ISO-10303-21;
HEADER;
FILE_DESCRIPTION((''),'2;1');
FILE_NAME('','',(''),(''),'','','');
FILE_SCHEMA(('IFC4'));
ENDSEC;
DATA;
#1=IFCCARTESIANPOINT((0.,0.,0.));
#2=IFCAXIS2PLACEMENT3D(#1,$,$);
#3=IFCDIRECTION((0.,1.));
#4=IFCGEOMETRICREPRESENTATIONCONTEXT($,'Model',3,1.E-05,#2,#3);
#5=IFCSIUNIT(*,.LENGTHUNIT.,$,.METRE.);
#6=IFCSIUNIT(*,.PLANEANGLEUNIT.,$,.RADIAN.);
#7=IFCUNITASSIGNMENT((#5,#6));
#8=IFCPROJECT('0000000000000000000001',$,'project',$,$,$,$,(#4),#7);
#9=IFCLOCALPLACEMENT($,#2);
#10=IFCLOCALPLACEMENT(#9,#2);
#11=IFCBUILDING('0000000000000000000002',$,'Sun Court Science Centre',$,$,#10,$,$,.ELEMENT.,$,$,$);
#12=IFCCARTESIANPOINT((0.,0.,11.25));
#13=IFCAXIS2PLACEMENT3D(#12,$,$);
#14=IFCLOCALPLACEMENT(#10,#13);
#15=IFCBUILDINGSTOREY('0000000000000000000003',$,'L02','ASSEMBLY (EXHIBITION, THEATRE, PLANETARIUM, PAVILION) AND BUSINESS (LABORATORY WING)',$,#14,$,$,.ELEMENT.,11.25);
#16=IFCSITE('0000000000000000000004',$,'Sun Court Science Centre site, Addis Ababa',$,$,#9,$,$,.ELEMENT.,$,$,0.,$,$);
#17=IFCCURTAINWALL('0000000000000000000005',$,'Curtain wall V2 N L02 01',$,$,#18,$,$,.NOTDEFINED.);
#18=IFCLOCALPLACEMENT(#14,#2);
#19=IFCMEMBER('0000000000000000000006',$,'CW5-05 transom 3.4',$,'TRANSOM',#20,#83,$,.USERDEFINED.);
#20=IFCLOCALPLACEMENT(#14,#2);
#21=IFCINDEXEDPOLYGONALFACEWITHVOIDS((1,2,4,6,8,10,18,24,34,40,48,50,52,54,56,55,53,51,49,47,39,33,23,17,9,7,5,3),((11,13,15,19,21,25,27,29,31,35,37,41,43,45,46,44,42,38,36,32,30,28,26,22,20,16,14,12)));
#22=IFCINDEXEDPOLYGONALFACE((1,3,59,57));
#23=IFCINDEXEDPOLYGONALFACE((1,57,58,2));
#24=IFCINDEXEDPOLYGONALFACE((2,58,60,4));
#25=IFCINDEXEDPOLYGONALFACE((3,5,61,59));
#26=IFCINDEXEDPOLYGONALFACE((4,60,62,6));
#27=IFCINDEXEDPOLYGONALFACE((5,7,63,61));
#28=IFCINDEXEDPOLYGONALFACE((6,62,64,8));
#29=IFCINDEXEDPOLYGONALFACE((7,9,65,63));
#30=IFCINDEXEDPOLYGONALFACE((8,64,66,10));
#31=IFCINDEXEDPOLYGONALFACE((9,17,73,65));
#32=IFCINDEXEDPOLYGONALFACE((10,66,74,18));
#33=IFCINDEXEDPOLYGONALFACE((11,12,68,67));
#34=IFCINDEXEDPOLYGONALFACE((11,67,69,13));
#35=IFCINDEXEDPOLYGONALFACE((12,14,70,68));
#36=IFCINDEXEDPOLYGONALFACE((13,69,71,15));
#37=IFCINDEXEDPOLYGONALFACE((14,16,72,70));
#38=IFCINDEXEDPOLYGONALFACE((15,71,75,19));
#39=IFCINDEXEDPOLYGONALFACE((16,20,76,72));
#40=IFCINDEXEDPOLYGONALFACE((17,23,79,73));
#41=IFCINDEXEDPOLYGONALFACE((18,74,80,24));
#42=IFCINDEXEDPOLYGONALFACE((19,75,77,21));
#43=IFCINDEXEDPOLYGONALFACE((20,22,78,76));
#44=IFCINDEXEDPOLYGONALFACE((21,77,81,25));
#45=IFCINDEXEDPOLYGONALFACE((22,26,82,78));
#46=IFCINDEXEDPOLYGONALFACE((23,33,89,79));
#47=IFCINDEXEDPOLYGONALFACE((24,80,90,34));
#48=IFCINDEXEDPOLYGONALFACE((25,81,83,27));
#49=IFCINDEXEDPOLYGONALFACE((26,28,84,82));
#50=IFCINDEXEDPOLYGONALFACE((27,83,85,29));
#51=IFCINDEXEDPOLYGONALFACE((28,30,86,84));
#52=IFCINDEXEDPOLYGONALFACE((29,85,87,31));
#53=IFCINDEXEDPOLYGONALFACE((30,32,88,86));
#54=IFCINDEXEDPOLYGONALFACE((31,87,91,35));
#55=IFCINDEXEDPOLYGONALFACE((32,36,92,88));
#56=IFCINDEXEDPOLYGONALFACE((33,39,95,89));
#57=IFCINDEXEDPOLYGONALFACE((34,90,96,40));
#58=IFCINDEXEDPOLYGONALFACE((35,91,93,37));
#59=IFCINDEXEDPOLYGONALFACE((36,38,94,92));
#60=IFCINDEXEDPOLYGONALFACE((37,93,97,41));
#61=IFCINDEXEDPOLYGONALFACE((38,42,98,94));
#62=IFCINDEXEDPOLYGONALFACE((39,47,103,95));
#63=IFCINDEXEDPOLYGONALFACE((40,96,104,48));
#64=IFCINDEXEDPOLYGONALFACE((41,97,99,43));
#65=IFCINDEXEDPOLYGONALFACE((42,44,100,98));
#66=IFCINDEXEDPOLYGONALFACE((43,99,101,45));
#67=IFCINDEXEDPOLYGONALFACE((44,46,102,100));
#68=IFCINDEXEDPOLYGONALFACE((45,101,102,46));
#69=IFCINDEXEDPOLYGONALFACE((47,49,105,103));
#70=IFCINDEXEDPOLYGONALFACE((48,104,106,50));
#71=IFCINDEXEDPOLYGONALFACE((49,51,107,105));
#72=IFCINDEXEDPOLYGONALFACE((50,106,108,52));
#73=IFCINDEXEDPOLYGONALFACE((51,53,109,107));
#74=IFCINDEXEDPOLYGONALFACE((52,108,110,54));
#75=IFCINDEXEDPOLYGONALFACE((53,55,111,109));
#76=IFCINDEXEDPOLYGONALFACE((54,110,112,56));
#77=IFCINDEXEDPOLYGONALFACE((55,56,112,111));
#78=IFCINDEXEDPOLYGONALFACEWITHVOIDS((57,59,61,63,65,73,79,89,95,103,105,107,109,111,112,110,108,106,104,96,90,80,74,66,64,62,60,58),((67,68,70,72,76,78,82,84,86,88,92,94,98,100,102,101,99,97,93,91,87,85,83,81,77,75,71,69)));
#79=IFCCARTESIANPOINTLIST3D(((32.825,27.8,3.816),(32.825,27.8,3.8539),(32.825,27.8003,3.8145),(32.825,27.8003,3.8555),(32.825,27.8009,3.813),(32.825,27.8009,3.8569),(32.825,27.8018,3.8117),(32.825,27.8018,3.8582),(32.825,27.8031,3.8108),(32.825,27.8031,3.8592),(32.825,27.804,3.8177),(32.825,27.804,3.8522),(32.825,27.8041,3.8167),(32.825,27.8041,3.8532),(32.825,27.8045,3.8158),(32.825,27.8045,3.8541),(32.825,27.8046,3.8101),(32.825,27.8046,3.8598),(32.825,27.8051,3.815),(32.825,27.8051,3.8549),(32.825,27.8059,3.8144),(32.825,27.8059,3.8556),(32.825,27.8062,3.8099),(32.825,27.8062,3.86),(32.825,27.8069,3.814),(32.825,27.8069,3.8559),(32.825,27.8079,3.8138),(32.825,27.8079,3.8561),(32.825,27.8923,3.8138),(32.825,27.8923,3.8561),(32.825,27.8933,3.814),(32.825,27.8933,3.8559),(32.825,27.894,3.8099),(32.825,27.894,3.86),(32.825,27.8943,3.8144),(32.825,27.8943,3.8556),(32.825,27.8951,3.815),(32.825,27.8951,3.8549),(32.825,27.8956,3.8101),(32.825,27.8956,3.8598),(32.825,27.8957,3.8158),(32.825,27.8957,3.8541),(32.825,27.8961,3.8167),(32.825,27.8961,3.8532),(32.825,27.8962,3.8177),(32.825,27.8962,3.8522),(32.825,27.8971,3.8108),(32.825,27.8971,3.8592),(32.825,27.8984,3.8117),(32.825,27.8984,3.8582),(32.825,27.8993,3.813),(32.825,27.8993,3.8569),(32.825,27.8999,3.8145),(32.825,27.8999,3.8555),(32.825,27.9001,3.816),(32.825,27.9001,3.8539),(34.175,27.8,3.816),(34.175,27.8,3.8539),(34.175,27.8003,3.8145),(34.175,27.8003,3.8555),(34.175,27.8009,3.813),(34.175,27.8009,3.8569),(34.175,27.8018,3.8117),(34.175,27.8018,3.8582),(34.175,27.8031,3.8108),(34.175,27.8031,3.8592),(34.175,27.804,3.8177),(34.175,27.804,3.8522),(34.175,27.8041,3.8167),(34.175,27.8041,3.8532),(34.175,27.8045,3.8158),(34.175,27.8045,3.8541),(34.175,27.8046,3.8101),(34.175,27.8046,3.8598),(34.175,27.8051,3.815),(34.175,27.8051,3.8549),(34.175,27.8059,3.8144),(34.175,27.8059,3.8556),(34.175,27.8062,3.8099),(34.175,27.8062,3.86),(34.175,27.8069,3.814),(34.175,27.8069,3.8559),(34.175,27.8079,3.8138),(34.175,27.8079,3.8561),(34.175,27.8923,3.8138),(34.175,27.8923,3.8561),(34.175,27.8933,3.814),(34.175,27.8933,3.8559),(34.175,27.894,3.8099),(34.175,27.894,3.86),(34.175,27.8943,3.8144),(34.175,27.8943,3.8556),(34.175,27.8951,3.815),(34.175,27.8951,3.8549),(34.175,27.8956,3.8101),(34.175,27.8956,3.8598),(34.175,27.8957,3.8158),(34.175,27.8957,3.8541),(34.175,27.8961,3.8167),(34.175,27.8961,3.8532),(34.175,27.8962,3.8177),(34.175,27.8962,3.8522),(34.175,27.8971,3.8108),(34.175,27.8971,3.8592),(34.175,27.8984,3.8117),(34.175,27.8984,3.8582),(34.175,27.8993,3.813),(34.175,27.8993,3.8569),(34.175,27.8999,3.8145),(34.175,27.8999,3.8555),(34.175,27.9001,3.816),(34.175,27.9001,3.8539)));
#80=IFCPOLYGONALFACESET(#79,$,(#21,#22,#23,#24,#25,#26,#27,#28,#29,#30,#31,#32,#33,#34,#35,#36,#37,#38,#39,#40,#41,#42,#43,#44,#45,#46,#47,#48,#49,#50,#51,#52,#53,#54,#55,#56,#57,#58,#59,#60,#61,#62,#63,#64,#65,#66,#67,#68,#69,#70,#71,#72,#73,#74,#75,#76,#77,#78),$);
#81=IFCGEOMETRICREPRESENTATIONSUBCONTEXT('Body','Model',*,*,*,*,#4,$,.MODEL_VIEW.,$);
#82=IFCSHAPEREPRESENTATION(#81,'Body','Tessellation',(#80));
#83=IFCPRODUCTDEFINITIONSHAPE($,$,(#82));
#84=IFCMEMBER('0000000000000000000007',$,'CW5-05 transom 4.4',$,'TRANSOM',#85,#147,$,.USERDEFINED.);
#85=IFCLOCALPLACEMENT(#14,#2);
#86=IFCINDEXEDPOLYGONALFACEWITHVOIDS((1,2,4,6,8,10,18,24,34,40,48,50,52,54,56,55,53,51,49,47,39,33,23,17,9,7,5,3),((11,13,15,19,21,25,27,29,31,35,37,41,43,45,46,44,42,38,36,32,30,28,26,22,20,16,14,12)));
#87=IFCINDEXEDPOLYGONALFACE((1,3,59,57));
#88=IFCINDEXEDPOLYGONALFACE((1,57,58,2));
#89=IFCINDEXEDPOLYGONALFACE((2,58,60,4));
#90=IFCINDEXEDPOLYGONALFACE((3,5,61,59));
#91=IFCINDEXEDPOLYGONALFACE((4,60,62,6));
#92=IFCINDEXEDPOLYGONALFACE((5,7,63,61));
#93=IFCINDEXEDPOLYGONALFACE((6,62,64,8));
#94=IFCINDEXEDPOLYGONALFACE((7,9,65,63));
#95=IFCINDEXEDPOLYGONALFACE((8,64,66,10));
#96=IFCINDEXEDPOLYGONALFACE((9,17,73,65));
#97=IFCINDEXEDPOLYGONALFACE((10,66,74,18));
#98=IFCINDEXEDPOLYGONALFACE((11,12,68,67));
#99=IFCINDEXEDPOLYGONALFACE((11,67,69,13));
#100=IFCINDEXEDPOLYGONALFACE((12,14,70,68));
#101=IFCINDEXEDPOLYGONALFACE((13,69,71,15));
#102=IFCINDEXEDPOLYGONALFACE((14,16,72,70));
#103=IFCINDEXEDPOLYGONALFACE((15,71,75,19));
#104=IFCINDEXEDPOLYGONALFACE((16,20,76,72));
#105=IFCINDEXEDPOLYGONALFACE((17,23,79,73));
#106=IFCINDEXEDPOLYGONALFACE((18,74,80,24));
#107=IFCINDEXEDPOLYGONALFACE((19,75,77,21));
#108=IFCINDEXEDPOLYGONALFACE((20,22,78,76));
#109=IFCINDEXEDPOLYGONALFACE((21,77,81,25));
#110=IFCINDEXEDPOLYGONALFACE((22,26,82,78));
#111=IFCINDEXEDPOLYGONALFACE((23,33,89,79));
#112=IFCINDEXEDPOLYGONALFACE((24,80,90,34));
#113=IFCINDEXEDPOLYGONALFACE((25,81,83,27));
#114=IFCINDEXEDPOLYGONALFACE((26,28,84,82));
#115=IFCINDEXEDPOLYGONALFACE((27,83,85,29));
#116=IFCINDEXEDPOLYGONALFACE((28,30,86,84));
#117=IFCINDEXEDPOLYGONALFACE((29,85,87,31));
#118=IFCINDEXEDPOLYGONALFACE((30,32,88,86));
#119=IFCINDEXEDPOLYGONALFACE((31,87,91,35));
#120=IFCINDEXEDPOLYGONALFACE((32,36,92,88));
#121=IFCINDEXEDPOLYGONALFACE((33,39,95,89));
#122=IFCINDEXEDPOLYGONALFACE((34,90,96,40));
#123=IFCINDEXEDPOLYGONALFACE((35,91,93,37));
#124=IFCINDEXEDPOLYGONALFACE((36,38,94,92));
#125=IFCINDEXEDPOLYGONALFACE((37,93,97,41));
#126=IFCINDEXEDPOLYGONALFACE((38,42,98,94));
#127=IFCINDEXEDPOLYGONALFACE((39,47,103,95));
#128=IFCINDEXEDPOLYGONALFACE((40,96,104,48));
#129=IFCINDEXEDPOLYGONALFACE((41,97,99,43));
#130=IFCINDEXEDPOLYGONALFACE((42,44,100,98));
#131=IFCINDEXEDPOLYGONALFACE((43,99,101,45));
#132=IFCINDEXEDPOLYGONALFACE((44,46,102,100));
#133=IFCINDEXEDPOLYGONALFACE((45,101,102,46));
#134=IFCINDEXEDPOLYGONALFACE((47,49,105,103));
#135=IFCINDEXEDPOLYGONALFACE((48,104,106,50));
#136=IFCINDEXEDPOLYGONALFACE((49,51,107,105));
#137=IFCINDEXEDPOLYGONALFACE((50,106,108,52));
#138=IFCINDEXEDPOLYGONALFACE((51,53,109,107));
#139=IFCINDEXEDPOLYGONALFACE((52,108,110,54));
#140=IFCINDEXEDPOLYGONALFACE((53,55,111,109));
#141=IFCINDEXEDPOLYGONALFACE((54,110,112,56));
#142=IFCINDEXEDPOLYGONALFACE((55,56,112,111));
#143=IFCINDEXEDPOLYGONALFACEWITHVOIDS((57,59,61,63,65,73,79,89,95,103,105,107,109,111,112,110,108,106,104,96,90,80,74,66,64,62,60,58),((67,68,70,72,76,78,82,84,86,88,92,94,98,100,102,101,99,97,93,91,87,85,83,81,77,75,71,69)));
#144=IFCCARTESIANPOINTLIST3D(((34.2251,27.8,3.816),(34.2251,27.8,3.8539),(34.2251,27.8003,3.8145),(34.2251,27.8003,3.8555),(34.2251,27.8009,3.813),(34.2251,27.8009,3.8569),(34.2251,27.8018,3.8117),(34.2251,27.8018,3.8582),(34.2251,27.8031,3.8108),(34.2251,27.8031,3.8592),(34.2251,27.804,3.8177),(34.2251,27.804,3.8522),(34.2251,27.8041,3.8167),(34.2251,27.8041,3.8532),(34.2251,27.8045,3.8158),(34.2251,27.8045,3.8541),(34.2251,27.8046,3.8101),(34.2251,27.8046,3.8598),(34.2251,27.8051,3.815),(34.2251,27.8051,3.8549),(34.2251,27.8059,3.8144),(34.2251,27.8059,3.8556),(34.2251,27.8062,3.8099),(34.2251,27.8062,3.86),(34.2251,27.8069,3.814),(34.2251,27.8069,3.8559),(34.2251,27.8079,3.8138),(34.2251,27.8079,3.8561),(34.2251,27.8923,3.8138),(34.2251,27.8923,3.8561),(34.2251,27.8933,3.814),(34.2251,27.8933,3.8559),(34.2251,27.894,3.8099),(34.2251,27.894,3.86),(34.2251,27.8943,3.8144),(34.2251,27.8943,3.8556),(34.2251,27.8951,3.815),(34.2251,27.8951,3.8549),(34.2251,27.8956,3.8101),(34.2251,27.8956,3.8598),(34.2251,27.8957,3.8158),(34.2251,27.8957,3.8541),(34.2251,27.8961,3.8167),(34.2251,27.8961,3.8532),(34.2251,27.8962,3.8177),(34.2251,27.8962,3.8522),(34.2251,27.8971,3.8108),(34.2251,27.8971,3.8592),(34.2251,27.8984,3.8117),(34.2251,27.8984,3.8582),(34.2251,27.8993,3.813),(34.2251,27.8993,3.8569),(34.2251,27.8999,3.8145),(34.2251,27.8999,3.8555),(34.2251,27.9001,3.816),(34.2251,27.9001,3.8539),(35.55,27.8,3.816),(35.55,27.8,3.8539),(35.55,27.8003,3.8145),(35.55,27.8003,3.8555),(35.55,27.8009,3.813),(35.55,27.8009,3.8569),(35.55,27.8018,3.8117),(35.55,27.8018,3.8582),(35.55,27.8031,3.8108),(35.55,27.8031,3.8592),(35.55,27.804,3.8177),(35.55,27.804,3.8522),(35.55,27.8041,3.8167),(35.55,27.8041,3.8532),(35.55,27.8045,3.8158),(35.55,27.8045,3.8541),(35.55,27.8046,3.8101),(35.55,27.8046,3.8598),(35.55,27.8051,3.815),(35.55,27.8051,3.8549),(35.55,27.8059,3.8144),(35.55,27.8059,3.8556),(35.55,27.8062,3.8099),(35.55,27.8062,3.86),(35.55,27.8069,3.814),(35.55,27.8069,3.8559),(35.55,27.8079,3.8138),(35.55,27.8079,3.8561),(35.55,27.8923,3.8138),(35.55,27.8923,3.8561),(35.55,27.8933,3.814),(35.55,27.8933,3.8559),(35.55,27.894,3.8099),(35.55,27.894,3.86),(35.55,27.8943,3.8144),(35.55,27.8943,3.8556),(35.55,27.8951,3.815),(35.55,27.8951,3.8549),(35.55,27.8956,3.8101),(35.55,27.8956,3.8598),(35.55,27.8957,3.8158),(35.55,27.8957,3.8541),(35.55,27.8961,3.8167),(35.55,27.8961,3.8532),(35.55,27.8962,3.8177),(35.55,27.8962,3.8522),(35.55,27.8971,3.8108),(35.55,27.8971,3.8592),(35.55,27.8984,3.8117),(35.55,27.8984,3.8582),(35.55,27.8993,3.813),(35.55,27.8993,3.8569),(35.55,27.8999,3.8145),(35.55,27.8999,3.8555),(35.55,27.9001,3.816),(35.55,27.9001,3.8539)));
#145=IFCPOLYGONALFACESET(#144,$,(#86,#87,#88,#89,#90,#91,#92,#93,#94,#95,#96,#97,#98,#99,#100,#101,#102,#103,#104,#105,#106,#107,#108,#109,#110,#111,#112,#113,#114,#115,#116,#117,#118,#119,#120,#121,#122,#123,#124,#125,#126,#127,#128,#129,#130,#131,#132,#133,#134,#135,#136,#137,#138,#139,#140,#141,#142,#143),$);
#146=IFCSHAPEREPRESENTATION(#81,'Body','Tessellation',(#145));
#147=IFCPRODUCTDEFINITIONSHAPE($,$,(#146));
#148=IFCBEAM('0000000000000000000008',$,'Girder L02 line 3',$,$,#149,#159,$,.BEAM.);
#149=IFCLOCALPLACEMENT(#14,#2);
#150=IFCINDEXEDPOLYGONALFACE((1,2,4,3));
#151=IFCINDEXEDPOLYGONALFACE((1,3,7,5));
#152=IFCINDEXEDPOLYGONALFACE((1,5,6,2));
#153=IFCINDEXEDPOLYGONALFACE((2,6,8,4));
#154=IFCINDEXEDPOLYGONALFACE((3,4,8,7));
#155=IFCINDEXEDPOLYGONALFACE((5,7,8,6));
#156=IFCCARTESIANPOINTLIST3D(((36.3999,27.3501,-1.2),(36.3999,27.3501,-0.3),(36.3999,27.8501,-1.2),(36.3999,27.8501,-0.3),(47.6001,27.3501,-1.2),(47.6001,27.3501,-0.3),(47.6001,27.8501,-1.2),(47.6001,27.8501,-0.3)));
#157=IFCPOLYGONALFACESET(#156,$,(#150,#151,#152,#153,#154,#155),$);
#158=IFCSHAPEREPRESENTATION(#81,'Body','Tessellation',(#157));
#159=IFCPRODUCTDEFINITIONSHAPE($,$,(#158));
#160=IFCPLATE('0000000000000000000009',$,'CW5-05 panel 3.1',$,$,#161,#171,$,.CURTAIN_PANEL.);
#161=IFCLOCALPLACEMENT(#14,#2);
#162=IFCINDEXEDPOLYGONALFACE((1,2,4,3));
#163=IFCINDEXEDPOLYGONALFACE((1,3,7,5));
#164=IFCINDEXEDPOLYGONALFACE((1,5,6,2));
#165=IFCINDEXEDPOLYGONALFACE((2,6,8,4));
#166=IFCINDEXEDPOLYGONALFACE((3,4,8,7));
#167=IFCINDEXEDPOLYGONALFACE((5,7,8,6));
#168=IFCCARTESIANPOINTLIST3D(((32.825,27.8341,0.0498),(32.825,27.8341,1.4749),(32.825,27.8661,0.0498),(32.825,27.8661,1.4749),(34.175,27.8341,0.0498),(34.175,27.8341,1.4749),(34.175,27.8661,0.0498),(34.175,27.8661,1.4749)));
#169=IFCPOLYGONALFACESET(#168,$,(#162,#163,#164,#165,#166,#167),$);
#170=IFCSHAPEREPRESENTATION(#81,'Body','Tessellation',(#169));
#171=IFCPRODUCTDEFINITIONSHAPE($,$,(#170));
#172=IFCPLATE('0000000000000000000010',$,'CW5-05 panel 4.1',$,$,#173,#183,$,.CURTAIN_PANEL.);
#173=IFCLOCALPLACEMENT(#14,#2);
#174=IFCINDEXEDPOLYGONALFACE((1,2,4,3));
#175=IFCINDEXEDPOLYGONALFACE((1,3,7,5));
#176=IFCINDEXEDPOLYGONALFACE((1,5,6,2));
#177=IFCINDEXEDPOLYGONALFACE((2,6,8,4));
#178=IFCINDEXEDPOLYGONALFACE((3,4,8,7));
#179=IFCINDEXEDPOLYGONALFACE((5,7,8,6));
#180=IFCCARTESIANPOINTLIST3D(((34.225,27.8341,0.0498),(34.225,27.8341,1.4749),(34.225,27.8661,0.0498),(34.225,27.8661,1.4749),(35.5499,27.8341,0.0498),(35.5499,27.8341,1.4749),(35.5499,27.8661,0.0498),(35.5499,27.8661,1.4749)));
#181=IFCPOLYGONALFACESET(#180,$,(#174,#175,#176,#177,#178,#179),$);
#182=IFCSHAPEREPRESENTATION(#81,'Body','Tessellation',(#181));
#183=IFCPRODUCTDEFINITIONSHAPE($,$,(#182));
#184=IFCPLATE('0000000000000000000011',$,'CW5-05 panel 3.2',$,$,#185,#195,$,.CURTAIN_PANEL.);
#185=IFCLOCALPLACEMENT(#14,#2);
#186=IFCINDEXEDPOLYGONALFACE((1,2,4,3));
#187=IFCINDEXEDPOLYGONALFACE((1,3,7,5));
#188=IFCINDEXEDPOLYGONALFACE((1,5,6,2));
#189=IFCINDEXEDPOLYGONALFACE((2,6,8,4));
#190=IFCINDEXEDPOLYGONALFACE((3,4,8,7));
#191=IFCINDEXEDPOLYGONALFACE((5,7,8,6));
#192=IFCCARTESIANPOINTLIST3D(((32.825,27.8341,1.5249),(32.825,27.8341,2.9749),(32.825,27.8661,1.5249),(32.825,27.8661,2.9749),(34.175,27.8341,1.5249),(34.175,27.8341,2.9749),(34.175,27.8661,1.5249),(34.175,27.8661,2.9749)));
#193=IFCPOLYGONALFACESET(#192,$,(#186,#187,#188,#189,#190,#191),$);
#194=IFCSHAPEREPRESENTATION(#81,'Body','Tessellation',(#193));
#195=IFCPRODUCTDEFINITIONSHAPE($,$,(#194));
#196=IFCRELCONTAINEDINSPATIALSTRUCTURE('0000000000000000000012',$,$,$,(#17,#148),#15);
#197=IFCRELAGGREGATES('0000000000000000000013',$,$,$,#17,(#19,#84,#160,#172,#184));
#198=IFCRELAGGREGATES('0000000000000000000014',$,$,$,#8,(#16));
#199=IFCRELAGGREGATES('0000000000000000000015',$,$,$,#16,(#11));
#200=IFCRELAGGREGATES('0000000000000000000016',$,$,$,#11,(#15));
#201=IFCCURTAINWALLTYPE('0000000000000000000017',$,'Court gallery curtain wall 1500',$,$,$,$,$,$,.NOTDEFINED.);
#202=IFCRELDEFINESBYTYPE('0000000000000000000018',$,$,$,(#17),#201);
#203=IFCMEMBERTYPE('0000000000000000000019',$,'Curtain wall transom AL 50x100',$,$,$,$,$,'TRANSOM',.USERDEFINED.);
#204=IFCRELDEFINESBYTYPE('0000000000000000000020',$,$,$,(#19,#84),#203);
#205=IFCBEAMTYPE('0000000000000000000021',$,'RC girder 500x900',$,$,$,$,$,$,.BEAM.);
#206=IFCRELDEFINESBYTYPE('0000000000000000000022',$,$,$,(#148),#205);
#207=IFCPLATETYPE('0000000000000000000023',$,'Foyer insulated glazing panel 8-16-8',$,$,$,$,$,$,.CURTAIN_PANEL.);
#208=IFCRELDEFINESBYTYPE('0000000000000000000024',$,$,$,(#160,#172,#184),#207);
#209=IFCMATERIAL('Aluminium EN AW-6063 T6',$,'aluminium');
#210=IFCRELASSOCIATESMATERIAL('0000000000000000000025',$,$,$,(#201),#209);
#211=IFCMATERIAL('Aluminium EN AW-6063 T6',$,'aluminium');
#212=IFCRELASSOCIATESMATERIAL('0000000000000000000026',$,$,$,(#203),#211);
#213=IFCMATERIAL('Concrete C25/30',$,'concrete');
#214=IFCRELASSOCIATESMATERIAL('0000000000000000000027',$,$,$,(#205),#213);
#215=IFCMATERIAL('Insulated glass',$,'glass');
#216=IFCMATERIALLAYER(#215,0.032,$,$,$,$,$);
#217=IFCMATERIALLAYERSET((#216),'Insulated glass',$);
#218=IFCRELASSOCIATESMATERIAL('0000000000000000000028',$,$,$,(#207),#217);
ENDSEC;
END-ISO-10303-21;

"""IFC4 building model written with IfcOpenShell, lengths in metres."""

from ifc_helpers import new_model, si_unit, direction, frame, origin, origin_2d, place, context, subcontext, project, spatial, rectangle, hollow_rectangle, extrude, material, layer, layer_set, material_profile, profile_set, type_object, element, aggregate, save


model = new_model("IFC4")

# Units and contexts
model_context = context("Model", 3, precision=1e-05, world=origin(), true_north=direction((0.0, 1.0)))
body_context = subcontext(model_context, "Body", "Model", "MODEL_VIEW")
ifc_project = project(units=[si_unit("LENGTHUNIT", "METRE"), si_unit("PLANEANGLEUNIT", "RADIAN")], contexts=[model_context])

# Site, building, storey
site_placement = place(None, origin())
site = spatial("IfcSite", under=ifc_project, at=site_placement, Name="Sun Court Science Centre site, Addis Ababa", CompositionType="ELEMENT", RefElevation=0.0)
building_placement = place(site_placement, origin())
building = spatial("IfcBuilding", under=site, at=building_placement, Name="Sun Court Science Centre", CompositionType="ELEMENT")
storey_placement = place(building_placement, frame((0.0, 0.0, 11.25)))
storey = spatial("IfcBuildingStorey", under=building, at=storey_placement, Name="L02", Description="ASSEMBLY (EXHIBITION, THEATRE, PLANETARIUM, PAVILION) AND BUSINESS (LABORATORY WING)", CompositionType="ELEMENT", Elevation=11.25)

# Curtain wall
ifc_material_1 = material(Name="Aluminium EN AW-6063 T6", Category="aluminium")
curtain_wall_type_1 = type_object("IfcCurtainWallType", Name="Court gallery curtain wall 1500", PredefinedType="NOTDEFINED", material=ifc_material_1)
curtain_wall_1_placement = place(storey_placement, origin())
curtain_wall_1 = element("IfcCurtainWall", 1, at=curtain_wall_1_placement, inside=storey, type_object=curtain_wall_type_1, Name="Curtain wall V2 N L02 01", PredefinedType="NOTDEFINED")

# Members
ifc_material_2 = material(Name="Aluminium EN AW-6063 T6", Category="aluminium")
ifc_material_profile_1 = material_profile(ifc_material_2, hollow_rectangle(XDim=0.05, YDim=0.1001, WallThickness=0.0039, InnerFilletRadius=0.0039, OuterFilletRadius=0.0061, at=origin_2d()), Name="AL 50x100x4")
ifc_profile_set_1 = profile_set([ifc_material_profile_1], Name="Aluminium EN AW-6063 T6")
member_type_1 = type_object("IfcMemberType", Name="Curtain wall transom AL 50x100", ElementType="TRANSOM", PredefinedType="USERDEFINED", material=ifc_profile_set_1)
member_1_placement = place(storey_placement, frame((32.825, 27.8501, 3.835), z_axis=(1.0, 0.0, 0.0), x_axis=(0.0, 0.0, 1.0)))
member_1 = element("IfcMember", 2, at=member_1_placement, type_object=member_type_1, Name="CW5-05 transom 3.4", ObjectType="TRANSOM", PredefinedType="USERDEFINED", context=body_context, shape_type="SweptSolid", body=[
    extrude(hollow_rectangle(XDim=0.05, YDim=0.1001, WallThickness=0.0039, InnerFilletRadius=0.0039, OuterFilletRadius=0.0061, at=origin_2d()), origin(), (0.0, 0.0, 1.0), 1.3501),
])
member_2_placement = place(storey_placement, frame((34.2251, 27.8501, 3.835), z_axis=(1.0, 0.0, 0.0), x_axis=(0.0, 0.0, 1.0)))
member_2 = element("IfcMember", 3, at=member_2_placement, type_object=member_type_1, Name="CW5-05 transom 4.4", ObjectType="TRANSOM", PredefinedType="USERDEFINED", context=body_context, shape_type="SweptSolid", body=[
    extrude(hollow_rectangle(XDim=0.05, YDim=0.1001, WallThickness=0.0039, InnerFilletRadius=0.0039, OuterFilletRadius=0.0061, at=origin_2d()), origin(), (0.0, 0.0, 1.0), 1.325),
])

# Beam
ifc_material_3 = material(Name="Concrete C25/30", Category="concrete")
ifc_material_profile_2 = material_profile(ifc_material_3, rectangle(XDim=0.5, YDim=0.8999, at=origin_2d()), Name="RC 500x900")
ifc_profile_set_2 = profile_set([ifc_material_profile_2], Name="Concrete C25/30")
beam_type = type_object("IfcBeamType", Name="RC girder 500x900", PredefinedType="BEAM", material=ifc_profile_set_2)
beam_placement = place(storey_placement, frame((36.3999, 27.6001, -0.75), z_axis=(1.0, 0.0, 0.0), x_axis=(0.0, 1.0, 0.0)))
element("IfcBeam", 4, at=beam_placement, inside=storey, type_object=beam_type, Name="Girder L02 line 3", PredefinedType="BEAM", context=body_context, shape_type="SweptSolid", body=[
    extrude(rectangle(XDim=0.5, YDim=0.8999, at=origin_2d()), origin(), (0.0, 0.0, 1.0), 11.2002),
])

# Plates
ifc_material_4 = material(Name="Insulated glass", Category="glass")
ifc_layer_1 = layer(ifc_material_4, 0.032)
ifc_layer_set_1 = layer_set([ifc_layer_1], Name="Insulated glass")
plate_type = type_object("IfcPlateType", Name="Foyer insulated glazing panel 8-16-8", PredefinedType="CURTAIN_PANEL", material=ifc_layer_set_1)
plate_1_placement = place(storey_placement, frame((33.5, 27.8501, 0.0498), z_axis=(0.0, 0.0, 1.0), x_axis=(1.0, 0.0, 0.0)))
plate_1 = element("IfcPlate", 5, at=plate_1_placement, type_object=plate_type, Name="CW5-05 panel 3.1", PredefinedType="CURTAIN_PANEL", context=body_context, shape_type="SweptSolid", body=[
    extrude(rectangle(XDim=1.3501, YDim=0.032, at=origin_2d()), origin(), (0.0, 0.0, 1.0), 1.425),
])
plate_2_placement = place(storey_placement, frame((34.8875, 27.8501, 0.0498), z_axis=(0.0, 0.0, 1.0), x_axis=(1.0, 0.0, 0.0)))
plate_2 = element("IfcPlate", 6, at=plate_2_placement, type_object=plate_type, Name="CW5-05 panel 4.1", PredefinedType="CURTAIN_PANEL", context=body_context, shape_type="SweptSolid", body=[
    extrude(rectangle(XDim=1.325, YDim=0.032, at=origin_2d()), origin(), (0.0, 0.0, 1.0), 1.425),
])
plate_3_placement = place(storey_placement, frame((33.5, 27.8501, 1.5249), z_axis=(0.0, 0.0, 1.0), x_axis=(1.0, 0.0, 0.0)))
plate_3 = element("IfcPlate", 7, at=plate_3_placement, type_object=plate_type, Name="CW5-05 panel 3.2", PredefinedType="CURTAIN_PANEL", context=body_context, shape_type="SweptSolid", body=[
    extrude(rectangle(XDim=1.3501, YDim=0.032, at=origin_2d()), origin(), (0.0, 0.0, 1.0), 1.45),
])
aggregate(curtain_wall_1, [member_1, member_2, plate_1, plate_2, plate_3])

save(model, "model.ifc")
